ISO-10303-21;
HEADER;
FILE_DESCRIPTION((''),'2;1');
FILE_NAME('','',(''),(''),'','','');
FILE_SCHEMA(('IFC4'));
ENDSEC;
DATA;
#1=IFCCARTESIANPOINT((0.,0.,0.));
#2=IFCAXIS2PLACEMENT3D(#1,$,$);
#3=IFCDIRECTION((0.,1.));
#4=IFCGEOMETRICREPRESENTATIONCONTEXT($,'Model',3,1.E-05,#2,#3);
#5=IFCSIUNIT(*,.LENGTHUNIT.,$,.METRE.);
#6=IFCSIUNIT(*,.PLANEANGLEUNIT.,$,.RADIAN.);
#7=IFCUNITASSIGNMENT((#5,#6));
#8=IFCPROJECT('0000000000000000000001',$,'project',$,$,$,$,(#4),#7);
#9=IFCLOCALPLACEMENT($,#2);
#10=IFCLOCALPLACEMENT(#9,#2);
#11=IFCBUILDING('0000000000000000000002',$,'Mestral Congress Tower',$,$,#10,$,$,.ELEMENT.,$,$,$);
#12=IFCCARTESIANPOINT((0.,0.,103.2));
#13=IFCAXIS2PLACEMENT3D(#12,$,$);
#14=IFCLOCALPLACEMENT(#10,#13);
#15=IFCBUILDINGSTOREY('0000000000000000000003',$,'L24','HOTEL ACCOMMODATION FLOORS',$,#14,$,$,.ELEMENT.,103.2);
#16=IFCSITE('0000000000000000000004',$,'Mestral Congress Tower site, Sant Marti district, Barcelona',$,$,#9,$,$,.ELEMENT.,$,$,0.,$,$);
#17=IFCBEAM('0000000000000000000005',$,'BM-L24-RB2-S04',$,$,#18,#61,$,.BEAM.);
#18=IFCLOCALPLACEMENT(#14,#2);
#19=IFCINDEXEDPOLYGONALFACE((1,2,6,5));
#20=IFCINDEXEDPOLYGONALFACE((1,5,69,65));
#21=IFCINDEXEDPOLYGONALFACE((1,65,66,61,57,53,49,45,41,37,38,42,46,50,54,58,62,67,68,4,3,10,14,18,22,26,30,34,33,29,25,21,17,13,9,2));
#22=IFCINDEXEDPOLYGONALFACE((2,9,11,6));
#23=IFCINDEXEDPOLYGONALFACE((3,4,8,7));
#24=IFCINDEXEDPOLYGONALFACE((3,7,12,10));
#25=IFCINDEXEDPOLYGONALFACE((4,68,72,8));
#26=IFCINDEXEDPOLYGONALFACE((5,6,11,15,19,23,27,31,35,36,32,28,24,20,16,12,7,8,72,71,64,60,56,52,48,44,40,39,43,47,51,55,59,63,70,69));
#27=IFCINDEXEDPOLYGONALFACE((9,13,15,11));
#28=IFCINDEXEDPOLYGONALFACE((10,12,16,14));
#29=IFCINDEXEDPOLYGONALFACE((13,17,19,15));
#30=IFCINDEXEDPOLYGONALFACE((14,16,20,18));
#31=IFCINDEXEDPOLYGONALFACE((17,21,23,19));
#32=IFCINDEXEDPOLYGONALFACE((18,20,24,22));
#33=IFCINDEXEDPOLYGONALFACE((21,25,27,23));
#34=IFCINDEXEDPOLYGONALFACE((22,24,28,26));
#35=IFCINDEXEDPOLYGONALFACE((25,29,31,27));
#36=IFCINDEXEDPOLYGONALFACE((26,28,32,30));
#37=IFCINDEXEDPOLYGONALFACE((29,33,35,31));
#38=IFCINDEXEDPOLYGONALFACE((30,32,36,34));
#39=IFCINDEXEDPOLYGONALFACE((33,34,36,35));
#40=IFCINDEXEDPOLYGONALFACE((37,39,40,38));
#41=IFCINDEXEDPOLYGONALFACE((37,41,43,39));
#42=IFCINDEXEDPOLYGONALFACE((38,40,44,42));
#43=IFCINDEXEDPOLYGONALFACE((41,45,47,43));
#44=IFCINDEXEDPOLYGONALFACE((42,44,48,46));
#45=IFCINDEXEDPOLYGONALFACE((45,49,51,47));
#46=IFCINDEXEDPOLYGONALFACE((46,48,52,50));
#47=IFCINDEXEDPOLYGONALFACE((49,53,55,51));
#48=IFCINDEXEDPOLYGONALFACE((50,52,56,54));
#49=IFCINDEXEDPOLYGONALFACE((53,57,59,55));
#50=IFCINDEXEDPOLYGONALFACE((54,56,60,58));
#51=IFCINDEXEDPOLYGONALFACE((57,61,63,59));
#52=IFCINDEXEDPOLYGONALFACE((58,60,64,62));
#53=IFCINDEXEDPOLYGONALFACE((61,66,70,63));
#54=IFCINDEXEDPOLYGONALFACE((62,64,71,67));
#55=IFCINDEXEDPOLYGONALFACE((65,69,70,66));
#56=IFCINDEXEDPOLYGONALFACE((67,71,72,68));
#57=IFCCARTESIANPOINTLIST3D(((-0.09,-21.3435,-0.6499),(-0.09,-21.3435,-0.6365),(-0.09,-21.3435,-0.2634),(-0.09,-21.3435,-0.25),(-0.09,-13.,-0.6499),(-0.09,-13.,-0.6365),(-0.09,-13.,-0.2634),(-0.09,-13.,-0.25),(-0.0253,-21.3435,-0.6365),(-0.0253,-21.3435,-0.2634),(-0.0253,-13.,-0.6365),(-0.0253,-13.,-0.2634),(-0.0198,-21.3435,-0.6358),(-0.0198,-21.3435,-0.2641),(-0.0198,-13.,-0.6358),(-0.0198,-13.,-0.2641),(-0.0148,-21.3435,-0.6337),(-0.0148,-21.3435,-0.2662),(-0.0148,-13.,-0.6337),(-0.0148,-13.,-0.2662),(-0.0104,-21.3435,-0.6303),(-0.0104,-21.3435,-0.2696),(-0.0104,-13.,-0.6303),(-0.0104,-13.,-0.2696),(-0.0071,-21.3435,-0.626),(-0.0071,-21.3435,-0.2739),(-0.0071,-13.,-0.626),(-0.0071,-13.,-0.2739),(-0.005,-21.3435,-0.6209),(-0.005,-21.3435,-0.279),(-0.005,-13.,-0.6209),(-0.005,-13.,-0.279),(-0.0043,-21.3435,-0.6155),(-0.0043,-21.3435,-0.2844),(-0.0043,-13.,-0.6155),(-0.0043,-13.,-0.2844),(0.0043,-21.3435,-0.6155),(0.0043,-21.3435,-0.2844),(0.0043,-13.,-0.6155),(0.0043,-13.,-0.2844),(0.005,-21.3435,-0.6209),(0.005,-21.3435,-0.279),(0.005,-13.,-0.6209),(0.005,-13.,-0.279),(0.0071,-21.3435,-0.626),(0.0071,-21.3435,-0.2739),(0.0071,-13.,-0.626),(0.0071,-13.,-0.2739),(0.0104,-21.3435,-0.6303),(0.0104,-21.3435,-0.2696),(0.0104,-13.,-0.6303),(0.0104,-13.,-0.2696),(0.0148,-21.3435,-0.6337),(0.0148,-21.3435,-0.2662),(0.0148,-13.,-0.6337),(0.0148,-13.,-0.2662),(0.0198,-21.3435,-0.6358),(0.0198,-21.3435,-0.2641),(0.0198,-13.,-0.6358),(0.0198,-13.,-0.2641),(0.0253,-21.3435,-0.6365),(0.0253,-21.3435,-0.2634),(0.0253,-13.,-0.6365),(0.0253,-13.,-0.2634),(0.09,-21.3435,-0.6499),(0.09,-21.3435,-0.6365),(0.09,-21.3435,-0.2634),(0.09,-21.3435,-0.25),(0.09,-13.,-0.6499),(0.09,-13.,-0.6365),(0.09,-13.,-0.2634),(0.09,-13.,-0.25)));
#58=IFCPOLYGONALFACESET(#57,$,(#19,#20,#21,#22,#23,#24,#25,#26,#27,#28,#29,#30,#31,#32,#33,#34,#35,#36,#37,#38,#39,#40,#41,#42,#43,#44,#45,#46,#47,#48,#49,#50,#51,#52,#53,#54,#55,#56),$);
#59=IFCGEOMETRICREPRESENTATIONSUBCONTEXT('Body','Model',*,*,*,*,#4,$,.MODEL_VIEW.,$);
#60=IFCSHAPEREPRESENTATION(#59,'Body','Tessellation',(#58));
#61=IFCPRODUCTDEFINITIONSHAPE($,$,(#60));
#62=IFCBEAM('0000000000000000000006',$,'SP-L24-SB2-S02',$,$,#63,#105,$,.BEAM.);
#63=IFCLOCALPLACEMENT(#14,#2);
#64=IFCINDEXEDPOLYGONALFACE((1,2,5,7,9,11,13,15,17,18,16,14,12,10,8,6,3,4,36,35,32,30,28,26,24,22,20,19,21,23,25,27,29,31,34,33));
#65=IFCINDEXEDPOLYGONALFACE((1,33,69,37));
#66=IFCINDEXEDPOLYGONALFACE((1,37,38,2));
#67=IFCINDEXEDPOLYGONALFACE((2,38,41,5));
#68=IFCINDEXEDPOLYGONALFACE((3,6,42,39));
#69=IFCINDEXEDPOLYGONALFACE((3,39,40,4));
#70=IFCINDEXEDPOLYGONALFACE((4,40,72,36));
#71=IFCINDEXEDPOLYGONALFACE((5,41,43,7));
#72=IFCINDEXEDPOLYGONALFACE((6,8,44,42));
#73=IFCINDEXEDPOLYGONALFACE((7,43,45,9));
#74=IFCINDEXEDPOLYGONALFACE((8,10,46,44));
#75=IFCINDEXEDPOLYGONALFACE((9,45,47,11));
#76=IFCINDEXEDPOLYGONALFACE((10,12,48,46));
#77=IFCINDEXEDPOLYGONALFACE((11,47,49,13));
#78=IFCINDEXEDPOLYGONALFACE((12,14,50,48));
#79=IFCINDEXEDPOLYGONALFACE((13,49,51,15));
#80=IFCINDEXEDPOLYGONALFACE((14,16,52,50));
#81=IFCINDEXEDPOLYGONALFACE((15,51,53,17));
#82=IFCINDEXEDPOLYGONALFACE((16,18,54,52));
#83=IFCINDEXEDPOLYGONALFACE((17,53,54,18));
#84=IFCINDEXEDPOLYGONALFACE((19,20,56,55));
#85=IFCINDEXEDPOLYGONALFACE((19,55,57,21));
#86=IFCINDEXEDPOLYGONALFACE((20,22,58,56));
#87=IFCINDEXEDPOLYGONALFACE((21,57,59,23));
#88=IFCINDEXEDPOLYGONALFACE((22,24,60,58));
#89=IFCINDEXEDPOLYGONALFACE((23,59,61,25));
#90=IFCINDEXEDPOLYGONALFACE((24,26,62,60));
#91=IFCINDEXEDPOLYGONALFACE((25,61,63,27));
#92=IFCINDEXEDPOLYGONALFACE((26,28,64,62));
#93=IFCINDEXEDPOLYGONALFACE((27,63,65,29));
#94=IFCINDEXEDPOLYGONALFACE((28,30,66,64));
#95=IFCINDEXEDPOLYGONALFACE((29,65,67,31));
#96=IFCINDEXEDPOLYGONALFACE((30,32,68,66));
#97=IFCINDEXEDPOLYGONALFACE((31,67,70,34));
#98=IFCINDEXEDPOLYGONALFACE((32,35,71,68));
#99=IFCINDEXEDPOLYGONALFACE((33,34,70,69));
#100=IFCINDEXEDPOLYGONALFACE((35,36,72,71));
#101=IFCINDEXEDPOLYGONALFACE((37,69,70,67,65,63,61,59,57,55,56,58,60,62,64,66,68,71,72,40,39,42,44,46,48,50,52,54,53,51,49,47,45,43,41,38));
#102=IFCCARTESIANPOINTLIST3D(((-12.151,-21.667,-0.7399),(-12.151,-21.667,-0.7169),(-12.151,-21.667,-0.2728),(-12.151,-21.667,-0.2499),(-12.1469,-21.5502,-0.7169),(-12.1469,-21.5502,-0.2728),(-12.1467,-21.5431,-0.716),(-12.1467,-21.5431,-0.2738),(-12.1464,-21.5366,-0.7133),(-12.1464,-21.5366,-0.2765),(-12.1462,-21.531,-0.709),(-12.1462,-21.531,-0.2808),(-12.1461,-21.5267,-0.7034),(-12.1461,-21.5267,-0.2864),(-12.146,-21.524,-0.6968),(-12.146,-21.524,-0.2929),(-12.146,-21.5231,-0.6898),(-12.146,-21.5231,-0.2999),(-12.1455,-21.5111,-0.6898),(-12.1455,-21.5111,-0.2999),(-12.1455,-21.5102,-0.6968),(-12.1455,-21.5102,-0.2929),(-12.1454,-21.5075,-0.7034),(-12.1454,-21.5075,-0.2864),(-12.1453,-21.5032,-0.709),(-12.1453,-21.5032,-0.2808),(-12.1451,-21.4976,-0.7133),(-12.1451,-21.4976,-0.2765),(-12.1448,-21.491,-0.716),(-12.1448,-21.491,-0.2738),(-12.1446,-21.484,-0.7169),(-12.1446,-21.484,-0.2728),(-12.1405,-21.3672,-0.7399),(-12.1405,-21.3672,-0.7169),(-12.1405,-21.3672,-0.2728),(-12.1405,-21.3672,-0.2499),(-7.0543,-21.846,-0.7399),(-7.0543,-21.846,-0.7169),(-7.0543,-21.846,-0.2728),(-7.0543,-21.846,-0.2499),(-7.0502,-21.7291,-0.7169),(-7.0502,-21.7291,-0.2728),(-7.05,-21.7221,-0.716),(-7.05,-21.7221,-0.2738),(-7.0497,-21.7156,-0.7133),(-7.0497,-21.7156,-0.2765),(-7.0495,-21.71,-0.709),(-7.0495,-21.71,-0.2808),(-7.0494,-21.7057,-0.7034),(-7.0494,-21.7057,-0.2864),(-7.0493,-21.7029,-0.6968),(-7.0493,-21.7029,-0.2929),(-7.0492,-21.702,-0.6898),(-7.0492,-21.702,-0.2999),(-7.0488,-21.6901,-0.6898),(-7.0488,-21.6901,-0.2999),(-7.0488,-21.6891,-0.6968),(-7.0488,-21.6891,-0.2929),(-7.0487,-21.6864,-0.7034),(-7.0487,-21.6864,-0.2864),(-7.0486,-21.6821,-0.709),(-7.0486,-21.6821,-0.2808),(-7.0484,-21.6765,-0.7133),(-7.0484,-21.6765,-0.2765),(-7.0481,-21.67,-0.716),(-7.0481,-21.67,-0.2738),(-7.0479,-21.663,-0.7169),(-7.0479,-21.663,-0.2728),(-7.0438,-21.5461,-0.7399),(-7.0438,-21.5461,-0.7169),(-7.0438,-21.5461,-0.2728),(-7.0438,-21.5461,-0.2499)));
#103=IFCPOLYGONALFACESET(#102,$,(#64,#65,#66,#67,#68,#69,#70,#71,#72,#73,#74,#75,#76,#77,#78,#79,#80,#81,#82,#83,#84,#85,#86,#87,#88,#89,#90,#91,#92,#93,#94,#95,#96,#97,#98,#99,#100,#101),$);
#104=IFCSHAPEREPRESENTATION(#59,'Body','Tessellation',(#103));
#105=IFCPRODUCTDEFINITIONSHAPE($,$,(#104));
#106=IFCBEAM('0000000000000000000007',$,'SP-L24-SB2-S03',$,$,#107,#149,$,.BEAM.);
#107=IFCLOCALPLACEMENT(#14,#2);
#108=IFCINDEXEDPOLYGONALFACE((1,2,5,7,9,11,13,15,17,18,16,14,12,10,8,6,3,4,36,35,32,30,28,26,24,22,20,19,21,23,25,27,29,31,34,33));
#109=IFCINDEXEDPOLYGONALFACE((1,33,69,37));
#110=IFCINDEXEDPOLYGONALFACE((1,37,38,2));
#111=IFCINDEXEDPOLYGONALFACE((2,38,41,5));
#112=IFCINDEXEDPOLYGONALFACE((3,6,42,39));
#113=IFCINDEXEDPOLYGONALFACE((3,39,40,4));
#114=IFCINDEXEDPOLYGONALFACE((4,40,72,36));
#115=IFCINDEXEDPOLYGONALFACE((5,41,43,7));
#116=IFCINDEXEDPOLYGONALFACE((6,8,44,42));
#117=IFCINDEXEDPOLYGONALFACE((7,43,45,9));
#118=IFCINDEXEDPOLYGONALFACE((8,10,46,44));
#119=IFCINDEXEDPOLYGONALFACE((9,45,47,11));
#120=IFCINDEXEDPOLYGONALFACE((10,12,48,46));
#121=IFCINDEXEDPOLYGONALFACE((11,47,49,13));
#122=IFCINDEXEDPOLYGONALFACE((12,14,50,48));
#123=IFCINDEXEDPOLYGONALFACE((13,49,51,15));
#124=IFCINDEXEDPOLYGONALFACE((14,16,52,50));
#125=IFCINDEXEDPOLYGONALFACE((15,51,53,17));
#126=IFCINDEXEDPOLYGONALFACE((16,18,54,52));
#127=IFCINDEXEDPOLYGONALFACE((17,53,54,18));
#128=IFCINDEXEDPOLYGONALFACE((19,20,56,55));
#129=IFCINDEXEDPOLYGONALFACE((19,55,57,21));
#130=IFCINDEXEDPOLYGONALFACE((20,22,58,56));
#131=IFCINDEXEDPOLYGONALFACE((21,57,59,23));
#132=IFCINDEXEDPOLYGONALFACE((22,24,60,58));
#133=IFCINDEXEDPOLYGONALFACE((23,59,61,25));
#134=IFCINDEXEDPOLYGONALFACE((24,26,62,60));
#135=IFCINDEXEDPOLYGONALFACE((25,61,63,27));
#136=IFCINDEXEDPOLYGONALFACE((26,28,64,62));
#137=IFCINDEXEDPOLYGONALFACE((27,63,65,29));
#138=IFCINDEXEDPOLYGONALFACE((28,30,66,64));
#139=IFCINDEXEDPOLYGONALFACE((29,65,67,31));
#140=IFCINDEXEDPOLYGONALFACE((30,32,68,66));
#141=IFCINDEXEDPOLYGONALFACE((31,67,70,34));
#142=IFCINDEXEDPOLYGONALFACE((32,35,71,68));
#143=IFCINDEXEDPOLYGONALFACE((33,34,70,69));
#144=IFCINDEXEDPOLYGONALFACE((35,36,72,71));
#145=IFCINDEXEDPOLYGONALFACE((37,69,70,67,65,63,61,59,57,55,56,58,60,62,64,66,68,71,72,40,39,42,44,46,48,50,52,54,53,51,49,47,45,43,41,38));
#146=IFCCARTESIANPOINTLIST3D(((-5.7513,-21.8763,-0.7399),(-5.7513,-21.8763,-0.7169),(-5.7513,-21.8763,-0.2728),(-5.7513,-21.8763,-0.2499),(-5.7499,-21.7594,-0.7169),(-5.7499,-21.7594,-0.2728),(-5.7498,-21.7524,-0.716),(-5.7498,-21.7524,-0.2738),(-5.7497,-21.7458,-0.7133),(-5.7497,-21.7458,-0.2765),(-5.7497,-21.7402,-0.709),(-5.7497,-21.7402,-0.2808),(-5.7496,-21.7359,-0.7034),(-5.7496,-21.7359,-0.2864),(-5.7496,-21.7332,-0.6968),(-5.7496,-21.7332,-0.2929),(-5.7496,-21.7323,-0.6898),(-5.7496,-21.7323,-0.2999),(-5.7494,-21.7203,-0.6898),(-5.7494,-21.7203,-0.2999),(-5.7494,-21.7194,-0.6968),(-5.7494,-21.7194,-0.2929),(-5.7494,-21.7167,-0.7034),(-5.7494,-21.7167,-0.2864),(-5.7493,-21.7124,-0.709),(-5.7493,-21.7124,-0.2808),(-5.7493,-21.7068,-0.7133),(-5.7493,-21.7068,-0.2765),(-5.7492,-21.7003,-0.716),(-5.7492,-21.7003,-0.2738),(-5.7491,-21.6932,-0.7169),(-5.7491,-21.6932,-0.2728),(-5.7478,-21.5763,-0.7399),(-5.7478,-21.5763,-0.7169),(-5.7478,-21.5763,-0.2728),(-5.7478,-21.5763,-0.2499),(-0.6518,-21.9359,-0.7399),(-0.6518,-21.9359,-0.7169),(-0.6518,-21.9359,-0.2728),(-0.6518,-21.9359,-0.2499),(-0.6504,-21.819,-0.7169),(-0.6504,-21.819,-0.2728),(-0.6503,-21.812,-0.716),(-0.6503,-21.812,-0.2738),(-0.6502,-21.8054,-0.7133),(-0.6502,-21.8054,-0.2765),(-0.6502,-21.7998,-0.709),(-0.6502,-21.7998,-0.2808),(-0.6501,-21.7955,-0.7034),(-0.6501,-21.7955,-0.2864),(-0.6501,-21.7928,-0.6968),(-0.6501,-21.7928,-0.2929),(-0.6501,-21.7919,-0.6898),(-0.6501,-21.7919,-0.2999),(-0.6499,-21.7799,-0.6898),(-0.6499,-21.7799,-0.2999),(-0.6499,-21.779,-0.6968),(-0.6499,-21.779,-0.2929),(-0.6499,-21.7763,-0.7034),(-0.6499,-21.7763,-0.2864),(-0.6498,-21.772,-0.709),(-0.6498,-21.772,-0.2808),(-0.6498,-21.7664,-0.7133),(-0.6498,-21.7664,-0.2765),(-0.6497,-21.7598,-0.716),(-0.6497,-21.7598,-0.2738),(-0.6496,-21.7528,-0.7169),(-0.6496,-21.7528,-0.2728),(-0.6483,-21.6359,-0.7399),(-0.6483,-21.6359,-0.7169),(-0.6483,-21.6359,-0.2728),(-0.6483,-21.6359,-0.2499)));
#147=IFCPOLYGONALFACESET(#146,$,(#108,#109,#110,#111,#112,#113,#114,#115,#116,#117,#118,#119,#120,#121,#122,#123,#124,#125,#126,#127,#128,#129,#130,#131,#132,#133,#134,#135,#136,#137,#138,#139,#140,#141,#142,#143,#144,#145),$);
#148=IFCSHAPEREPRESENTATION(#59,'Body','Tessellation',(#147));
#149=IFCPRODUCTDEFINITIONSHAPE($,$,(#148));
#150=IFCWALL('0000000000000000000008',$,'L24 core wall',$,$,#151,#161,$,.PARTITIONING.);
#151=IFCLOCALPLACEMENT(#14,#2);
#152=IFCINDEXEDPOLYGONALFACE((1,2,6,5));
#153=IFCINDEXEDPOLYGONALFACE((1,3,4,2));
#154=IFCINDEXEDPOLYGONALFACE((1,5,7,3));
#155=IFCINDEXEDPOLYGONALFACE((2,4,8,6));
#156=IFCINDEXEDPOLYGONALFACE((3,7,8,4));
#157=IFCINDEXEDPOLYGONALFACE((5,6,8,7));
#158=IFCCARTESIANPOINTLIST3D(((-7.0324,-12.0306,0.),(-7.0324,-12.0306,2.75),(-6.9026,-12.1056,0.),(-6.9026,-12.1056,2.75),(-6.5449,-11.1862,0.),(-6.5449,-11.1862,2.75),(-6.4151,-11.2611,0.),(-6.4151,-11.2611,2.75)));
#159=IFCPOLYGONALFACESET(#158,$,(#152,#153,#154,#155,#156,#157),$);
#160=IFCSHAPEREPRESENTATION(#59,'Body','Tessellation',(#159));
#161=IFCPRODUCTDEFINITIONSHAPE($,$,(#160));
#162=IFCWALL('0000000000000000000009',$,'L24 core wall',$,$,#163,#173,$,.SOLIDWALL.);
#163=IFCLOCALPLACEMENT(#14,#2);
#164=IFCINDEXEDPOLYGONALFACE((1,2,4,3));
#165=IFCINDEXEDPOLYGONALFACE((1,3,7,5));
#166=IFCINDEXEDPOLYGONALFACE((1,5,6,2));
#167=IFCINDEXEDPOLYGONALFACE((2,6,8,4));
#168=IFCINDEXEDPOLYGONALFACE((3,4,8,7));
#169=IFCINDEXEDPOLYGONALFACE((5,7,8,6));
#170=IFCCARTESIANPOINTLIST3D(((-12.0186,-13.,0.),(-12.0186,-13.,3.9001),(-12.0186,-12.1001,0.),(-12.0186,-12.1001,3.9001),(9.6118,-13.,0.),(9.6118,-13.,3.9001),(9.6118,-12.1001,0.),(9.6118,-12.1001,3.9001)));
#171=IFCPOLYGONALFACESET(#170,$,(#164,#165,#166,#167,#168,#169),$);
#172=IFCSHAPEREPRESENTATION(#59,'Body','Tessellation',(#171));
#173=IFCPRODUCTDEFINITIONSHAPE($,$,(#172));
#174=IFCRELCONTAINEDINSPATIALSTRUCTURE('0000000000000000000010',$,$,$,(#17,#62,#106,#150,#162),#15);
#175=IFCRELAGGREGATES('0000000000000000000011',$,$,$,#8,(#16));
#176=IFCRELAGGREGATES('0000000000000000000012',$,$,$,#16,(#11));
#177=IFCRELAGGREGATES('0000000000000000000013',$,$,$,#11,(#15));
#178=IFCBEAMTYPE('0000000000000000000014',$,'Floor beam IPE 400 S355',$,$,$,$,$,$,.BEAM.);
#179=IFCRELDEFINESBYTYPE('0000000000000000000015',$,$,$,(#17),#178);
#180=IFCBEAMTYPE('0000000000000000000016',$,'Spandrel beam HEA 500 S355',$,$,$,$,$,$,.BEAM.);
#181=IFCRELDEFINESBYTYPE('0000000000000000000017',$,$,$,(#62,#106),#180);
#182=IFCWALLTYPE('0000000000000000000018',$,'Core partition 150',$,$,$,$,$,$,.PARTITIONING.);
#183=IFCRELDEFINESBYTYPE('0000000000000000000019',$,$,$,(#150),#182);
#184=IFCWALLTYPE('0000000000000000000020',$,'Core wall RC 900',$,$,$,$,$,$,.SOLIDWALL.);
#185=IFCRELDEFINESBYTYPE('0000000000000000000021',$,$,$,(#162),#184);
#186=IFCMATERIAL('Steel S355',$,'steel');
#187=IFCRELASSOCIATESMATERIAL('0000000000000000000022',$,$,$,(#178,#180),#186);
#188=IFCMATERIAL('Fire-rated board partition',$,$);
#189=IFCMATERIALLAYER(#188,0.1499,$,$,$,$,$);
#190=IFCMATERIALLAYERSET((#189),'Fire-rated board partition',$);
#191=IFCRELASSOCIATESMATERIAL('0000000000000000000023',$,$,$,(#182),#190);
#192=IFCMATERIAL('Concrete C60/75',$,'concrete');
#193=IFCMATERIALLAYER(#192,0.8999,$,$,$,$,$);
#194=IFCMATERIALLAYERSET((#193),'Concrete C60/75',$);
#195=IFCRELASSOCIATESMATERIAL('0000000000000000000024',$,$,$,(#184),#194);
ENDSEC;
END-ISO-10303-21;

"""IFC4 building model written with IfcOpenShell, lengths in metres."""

from ifc_helpers import new_model, si_unit, direction, frame, frame_2d, origin, origin_2d, place, context, subcontext, project, spatial, rectangle, i_section, extrude, material, layer, layer_set, material_profile, profile_set, type_object, element, save


model = new_model("IFC4")

# Units and contexts
model_context = context("Model", 3, precision=1e-05, world=origin(), true_north=direction((0.0, 1.0)))
body_context = subcontext(model_context, "Body", "Model", "MODEL_VIEW")
ifc_project = project(units=[si_unit("LENGTHUNIT", "METRE"), si_unit("PLANEANGLEUNIT", "RADIAN")], contexts=[model_context])

# Site, building, storey
site_placement = place(None, origin())
site = spatial("IfcSite", under=ifc_project, at=site_placement, Name="Mestral Congress Tower site, Sant Marti district, Barcelona", CompositionType="ELEMENT", RefElevation=0.0)
building_placement = place(site_placement, origin())
building = spatial("IfcBuilding", under=site, at=building_placement, Name="Mestral Congress Tower", CompositionType="ELEMENT")
storey_placement = place(building_placement, frame((0.0, 0.0, 103.2)))
storey = spatial("IfcBuildingStorey", under=building, at=storey_placement, Name="L24", Description="HOTEL ACCOMMODATION FLOORS", CompositionType="ELEMENT", Elevation=103.2)

# Beams
ifc_material_1 = material(Name="Steel S355", Category="steel")
ifc_material_profile_1 = material_profile(ifc_material_1, i_section(OverallWidth=0.1799, OverallDepth=0.3999, WebThickness=0.0085, FlangeThickness=0.0134, FilletRadius=0.021, at=origin_2d()), Name="IPE 400")
ifc_profile_set_1 = profile_set([ifc_material_profile_1], Name="Steel S355")
beam_type_1 = type_object("IfcBeamType", Name="Floor beam IPE 400 S355", PredefinedType="BEAM", material=ifc_profile_set_1)
beam_1_placement = place(storey_placement, frame((0.0, -21.3435, -0.45), z_axis=(0.0, 1.0, 0.0), x_axis=(-1.0, 0.0, 0.0)))
element("IfcBeam", 1, at=beam_1_placement, inside=storey, type_object=beam_type_1, Name="BM-L24-RB2-S04", PredefinedType="BEAM", context=body_context, shape_type="SweptSolid", body=[
    extrude(i_section(OverallWidth=0.1799, OverallDepth=0.3999, WebThickness=0.0085, FlangeThickness=0.0134, FilletRadius=0.021, at=origin_2d()), origin(), (0.0, 0.0, 1.0), 8.3435),
])
ifc_material_profile_2 = material_profile(ifc_material_1, i_section(OverallWidth=0.3, OverallDepth=0.49, WebThickness=0.012, FlangeThickness=0.0229, FilletRadius=0.0271, at=origin_2d()), Name="HEA 500")
ifc_profile_set_2 = profile_set([ifc_material_profile_2], Name="Steel S355")
beam_type_2 = type_object("IfcBeamType", Name="Spandrel beam HEA 500 S355", PredefinedType="BEAM", material=ifc_profile_set_2)
for number, where, z_axis, x_axis, name in (
    (2, (-12.1458, -21.5171, -0.4949), (0.999384, -0.03509, 0.0), (0.03509, 0.999384, 0.0), "SP-L24-SB2-S02"),
    (3, (-5.7495, -21.7263, -0.4949), (0.999932, -0.011681, 0.0), (0.011681, 0.999932, 0.0), "SP-L24-SB2-S03"),
):
    element("IfcBeam", number, at=place(storey_placement, frame(where, z_axis=z_axis, x_axis=x_axis)), inside=storey, type_object=beam_type_2, Name=name, PredefinedType="BEAM", context=body_context, shape_type="SweptSolid", body=[
        extrude(i_section(OverallWidth=0.3, OverallDepth=0.49, WebThickness=0.012, FlangeThickness=0.0229, FilletRadius=0.0271, at=origin_2d()), origin(), (0.0, 0.0, 1.0), 5.0999),
    ])

# Walls
ifc_material_2 = material(Name="Fire-rated board partition")
ifc_layer_1 = layer(ifc_material_2, 0.1499)
ifc_layer_set_1 = layer_set([ifc_layer_1], Name="Fire-rated board partition")
wall_type_1 = type_object("IfcWallType", Name="Core partition 150", PredefinedType="PARTITIONING", material=ifc_layer_set_1)
wall_1_placement = place(storey_placement, frame((-6.9675, -12.0681, 0.0), z_axis=(0.0, 0.0, 1.0), x_axis=(0.49999, 0.866031, 0.0)))
element("IfcWall", 4, at=wall_1_placement, inside=storey, type_object=wall_type_1, Name="L24 core wall", PredefinedType="PARTITIONING", context=body_context, shape_type="SweptSolid", body=[
    extrude(rectangle(XDim=0.9751, YDim=0.1499, at=frame_2d((0.4875, 0.0))), origin(), (0.0, 0.0, 1.0), 2.75),
])
ifc_material_3 = material(Name="Concrete C60/75", Category="concrete")
ifc_layer_2 = layer(ifc_material_3, 0.8999)
ifc_layer_set_2 = layer_set([ifc_layer_2], Name="Concrete C60/75")
wall_type_2 = type_object("IfcWallType", Name="Core wall RC 900", PredefinedType="SOLIDWALL", material=ifc_layer_set_2)
wall_2_placement = place(storey_placement, frame((-12.0186, -12.55, 0.0), z_axis=(0.0, 0.0, 1.0), x_axis=(1.0, 0.0, 0.0)))
element("IfcWall", 5, at=wall_2_placement, inside=storey, type_object=wall_type_2, Name="L24 core wall", PredefinedType="SOLIDWALL", context=body_context, shape_type="SweptSolid", body=[
    extrude(rectangle(XDim=21.6304, YDim=0.8999, at=frame_2d((10.8152, 0.0))), origin(), (0.0, 0.0, 1.0), 3.9001),
])

save(model, "model.ifc")
